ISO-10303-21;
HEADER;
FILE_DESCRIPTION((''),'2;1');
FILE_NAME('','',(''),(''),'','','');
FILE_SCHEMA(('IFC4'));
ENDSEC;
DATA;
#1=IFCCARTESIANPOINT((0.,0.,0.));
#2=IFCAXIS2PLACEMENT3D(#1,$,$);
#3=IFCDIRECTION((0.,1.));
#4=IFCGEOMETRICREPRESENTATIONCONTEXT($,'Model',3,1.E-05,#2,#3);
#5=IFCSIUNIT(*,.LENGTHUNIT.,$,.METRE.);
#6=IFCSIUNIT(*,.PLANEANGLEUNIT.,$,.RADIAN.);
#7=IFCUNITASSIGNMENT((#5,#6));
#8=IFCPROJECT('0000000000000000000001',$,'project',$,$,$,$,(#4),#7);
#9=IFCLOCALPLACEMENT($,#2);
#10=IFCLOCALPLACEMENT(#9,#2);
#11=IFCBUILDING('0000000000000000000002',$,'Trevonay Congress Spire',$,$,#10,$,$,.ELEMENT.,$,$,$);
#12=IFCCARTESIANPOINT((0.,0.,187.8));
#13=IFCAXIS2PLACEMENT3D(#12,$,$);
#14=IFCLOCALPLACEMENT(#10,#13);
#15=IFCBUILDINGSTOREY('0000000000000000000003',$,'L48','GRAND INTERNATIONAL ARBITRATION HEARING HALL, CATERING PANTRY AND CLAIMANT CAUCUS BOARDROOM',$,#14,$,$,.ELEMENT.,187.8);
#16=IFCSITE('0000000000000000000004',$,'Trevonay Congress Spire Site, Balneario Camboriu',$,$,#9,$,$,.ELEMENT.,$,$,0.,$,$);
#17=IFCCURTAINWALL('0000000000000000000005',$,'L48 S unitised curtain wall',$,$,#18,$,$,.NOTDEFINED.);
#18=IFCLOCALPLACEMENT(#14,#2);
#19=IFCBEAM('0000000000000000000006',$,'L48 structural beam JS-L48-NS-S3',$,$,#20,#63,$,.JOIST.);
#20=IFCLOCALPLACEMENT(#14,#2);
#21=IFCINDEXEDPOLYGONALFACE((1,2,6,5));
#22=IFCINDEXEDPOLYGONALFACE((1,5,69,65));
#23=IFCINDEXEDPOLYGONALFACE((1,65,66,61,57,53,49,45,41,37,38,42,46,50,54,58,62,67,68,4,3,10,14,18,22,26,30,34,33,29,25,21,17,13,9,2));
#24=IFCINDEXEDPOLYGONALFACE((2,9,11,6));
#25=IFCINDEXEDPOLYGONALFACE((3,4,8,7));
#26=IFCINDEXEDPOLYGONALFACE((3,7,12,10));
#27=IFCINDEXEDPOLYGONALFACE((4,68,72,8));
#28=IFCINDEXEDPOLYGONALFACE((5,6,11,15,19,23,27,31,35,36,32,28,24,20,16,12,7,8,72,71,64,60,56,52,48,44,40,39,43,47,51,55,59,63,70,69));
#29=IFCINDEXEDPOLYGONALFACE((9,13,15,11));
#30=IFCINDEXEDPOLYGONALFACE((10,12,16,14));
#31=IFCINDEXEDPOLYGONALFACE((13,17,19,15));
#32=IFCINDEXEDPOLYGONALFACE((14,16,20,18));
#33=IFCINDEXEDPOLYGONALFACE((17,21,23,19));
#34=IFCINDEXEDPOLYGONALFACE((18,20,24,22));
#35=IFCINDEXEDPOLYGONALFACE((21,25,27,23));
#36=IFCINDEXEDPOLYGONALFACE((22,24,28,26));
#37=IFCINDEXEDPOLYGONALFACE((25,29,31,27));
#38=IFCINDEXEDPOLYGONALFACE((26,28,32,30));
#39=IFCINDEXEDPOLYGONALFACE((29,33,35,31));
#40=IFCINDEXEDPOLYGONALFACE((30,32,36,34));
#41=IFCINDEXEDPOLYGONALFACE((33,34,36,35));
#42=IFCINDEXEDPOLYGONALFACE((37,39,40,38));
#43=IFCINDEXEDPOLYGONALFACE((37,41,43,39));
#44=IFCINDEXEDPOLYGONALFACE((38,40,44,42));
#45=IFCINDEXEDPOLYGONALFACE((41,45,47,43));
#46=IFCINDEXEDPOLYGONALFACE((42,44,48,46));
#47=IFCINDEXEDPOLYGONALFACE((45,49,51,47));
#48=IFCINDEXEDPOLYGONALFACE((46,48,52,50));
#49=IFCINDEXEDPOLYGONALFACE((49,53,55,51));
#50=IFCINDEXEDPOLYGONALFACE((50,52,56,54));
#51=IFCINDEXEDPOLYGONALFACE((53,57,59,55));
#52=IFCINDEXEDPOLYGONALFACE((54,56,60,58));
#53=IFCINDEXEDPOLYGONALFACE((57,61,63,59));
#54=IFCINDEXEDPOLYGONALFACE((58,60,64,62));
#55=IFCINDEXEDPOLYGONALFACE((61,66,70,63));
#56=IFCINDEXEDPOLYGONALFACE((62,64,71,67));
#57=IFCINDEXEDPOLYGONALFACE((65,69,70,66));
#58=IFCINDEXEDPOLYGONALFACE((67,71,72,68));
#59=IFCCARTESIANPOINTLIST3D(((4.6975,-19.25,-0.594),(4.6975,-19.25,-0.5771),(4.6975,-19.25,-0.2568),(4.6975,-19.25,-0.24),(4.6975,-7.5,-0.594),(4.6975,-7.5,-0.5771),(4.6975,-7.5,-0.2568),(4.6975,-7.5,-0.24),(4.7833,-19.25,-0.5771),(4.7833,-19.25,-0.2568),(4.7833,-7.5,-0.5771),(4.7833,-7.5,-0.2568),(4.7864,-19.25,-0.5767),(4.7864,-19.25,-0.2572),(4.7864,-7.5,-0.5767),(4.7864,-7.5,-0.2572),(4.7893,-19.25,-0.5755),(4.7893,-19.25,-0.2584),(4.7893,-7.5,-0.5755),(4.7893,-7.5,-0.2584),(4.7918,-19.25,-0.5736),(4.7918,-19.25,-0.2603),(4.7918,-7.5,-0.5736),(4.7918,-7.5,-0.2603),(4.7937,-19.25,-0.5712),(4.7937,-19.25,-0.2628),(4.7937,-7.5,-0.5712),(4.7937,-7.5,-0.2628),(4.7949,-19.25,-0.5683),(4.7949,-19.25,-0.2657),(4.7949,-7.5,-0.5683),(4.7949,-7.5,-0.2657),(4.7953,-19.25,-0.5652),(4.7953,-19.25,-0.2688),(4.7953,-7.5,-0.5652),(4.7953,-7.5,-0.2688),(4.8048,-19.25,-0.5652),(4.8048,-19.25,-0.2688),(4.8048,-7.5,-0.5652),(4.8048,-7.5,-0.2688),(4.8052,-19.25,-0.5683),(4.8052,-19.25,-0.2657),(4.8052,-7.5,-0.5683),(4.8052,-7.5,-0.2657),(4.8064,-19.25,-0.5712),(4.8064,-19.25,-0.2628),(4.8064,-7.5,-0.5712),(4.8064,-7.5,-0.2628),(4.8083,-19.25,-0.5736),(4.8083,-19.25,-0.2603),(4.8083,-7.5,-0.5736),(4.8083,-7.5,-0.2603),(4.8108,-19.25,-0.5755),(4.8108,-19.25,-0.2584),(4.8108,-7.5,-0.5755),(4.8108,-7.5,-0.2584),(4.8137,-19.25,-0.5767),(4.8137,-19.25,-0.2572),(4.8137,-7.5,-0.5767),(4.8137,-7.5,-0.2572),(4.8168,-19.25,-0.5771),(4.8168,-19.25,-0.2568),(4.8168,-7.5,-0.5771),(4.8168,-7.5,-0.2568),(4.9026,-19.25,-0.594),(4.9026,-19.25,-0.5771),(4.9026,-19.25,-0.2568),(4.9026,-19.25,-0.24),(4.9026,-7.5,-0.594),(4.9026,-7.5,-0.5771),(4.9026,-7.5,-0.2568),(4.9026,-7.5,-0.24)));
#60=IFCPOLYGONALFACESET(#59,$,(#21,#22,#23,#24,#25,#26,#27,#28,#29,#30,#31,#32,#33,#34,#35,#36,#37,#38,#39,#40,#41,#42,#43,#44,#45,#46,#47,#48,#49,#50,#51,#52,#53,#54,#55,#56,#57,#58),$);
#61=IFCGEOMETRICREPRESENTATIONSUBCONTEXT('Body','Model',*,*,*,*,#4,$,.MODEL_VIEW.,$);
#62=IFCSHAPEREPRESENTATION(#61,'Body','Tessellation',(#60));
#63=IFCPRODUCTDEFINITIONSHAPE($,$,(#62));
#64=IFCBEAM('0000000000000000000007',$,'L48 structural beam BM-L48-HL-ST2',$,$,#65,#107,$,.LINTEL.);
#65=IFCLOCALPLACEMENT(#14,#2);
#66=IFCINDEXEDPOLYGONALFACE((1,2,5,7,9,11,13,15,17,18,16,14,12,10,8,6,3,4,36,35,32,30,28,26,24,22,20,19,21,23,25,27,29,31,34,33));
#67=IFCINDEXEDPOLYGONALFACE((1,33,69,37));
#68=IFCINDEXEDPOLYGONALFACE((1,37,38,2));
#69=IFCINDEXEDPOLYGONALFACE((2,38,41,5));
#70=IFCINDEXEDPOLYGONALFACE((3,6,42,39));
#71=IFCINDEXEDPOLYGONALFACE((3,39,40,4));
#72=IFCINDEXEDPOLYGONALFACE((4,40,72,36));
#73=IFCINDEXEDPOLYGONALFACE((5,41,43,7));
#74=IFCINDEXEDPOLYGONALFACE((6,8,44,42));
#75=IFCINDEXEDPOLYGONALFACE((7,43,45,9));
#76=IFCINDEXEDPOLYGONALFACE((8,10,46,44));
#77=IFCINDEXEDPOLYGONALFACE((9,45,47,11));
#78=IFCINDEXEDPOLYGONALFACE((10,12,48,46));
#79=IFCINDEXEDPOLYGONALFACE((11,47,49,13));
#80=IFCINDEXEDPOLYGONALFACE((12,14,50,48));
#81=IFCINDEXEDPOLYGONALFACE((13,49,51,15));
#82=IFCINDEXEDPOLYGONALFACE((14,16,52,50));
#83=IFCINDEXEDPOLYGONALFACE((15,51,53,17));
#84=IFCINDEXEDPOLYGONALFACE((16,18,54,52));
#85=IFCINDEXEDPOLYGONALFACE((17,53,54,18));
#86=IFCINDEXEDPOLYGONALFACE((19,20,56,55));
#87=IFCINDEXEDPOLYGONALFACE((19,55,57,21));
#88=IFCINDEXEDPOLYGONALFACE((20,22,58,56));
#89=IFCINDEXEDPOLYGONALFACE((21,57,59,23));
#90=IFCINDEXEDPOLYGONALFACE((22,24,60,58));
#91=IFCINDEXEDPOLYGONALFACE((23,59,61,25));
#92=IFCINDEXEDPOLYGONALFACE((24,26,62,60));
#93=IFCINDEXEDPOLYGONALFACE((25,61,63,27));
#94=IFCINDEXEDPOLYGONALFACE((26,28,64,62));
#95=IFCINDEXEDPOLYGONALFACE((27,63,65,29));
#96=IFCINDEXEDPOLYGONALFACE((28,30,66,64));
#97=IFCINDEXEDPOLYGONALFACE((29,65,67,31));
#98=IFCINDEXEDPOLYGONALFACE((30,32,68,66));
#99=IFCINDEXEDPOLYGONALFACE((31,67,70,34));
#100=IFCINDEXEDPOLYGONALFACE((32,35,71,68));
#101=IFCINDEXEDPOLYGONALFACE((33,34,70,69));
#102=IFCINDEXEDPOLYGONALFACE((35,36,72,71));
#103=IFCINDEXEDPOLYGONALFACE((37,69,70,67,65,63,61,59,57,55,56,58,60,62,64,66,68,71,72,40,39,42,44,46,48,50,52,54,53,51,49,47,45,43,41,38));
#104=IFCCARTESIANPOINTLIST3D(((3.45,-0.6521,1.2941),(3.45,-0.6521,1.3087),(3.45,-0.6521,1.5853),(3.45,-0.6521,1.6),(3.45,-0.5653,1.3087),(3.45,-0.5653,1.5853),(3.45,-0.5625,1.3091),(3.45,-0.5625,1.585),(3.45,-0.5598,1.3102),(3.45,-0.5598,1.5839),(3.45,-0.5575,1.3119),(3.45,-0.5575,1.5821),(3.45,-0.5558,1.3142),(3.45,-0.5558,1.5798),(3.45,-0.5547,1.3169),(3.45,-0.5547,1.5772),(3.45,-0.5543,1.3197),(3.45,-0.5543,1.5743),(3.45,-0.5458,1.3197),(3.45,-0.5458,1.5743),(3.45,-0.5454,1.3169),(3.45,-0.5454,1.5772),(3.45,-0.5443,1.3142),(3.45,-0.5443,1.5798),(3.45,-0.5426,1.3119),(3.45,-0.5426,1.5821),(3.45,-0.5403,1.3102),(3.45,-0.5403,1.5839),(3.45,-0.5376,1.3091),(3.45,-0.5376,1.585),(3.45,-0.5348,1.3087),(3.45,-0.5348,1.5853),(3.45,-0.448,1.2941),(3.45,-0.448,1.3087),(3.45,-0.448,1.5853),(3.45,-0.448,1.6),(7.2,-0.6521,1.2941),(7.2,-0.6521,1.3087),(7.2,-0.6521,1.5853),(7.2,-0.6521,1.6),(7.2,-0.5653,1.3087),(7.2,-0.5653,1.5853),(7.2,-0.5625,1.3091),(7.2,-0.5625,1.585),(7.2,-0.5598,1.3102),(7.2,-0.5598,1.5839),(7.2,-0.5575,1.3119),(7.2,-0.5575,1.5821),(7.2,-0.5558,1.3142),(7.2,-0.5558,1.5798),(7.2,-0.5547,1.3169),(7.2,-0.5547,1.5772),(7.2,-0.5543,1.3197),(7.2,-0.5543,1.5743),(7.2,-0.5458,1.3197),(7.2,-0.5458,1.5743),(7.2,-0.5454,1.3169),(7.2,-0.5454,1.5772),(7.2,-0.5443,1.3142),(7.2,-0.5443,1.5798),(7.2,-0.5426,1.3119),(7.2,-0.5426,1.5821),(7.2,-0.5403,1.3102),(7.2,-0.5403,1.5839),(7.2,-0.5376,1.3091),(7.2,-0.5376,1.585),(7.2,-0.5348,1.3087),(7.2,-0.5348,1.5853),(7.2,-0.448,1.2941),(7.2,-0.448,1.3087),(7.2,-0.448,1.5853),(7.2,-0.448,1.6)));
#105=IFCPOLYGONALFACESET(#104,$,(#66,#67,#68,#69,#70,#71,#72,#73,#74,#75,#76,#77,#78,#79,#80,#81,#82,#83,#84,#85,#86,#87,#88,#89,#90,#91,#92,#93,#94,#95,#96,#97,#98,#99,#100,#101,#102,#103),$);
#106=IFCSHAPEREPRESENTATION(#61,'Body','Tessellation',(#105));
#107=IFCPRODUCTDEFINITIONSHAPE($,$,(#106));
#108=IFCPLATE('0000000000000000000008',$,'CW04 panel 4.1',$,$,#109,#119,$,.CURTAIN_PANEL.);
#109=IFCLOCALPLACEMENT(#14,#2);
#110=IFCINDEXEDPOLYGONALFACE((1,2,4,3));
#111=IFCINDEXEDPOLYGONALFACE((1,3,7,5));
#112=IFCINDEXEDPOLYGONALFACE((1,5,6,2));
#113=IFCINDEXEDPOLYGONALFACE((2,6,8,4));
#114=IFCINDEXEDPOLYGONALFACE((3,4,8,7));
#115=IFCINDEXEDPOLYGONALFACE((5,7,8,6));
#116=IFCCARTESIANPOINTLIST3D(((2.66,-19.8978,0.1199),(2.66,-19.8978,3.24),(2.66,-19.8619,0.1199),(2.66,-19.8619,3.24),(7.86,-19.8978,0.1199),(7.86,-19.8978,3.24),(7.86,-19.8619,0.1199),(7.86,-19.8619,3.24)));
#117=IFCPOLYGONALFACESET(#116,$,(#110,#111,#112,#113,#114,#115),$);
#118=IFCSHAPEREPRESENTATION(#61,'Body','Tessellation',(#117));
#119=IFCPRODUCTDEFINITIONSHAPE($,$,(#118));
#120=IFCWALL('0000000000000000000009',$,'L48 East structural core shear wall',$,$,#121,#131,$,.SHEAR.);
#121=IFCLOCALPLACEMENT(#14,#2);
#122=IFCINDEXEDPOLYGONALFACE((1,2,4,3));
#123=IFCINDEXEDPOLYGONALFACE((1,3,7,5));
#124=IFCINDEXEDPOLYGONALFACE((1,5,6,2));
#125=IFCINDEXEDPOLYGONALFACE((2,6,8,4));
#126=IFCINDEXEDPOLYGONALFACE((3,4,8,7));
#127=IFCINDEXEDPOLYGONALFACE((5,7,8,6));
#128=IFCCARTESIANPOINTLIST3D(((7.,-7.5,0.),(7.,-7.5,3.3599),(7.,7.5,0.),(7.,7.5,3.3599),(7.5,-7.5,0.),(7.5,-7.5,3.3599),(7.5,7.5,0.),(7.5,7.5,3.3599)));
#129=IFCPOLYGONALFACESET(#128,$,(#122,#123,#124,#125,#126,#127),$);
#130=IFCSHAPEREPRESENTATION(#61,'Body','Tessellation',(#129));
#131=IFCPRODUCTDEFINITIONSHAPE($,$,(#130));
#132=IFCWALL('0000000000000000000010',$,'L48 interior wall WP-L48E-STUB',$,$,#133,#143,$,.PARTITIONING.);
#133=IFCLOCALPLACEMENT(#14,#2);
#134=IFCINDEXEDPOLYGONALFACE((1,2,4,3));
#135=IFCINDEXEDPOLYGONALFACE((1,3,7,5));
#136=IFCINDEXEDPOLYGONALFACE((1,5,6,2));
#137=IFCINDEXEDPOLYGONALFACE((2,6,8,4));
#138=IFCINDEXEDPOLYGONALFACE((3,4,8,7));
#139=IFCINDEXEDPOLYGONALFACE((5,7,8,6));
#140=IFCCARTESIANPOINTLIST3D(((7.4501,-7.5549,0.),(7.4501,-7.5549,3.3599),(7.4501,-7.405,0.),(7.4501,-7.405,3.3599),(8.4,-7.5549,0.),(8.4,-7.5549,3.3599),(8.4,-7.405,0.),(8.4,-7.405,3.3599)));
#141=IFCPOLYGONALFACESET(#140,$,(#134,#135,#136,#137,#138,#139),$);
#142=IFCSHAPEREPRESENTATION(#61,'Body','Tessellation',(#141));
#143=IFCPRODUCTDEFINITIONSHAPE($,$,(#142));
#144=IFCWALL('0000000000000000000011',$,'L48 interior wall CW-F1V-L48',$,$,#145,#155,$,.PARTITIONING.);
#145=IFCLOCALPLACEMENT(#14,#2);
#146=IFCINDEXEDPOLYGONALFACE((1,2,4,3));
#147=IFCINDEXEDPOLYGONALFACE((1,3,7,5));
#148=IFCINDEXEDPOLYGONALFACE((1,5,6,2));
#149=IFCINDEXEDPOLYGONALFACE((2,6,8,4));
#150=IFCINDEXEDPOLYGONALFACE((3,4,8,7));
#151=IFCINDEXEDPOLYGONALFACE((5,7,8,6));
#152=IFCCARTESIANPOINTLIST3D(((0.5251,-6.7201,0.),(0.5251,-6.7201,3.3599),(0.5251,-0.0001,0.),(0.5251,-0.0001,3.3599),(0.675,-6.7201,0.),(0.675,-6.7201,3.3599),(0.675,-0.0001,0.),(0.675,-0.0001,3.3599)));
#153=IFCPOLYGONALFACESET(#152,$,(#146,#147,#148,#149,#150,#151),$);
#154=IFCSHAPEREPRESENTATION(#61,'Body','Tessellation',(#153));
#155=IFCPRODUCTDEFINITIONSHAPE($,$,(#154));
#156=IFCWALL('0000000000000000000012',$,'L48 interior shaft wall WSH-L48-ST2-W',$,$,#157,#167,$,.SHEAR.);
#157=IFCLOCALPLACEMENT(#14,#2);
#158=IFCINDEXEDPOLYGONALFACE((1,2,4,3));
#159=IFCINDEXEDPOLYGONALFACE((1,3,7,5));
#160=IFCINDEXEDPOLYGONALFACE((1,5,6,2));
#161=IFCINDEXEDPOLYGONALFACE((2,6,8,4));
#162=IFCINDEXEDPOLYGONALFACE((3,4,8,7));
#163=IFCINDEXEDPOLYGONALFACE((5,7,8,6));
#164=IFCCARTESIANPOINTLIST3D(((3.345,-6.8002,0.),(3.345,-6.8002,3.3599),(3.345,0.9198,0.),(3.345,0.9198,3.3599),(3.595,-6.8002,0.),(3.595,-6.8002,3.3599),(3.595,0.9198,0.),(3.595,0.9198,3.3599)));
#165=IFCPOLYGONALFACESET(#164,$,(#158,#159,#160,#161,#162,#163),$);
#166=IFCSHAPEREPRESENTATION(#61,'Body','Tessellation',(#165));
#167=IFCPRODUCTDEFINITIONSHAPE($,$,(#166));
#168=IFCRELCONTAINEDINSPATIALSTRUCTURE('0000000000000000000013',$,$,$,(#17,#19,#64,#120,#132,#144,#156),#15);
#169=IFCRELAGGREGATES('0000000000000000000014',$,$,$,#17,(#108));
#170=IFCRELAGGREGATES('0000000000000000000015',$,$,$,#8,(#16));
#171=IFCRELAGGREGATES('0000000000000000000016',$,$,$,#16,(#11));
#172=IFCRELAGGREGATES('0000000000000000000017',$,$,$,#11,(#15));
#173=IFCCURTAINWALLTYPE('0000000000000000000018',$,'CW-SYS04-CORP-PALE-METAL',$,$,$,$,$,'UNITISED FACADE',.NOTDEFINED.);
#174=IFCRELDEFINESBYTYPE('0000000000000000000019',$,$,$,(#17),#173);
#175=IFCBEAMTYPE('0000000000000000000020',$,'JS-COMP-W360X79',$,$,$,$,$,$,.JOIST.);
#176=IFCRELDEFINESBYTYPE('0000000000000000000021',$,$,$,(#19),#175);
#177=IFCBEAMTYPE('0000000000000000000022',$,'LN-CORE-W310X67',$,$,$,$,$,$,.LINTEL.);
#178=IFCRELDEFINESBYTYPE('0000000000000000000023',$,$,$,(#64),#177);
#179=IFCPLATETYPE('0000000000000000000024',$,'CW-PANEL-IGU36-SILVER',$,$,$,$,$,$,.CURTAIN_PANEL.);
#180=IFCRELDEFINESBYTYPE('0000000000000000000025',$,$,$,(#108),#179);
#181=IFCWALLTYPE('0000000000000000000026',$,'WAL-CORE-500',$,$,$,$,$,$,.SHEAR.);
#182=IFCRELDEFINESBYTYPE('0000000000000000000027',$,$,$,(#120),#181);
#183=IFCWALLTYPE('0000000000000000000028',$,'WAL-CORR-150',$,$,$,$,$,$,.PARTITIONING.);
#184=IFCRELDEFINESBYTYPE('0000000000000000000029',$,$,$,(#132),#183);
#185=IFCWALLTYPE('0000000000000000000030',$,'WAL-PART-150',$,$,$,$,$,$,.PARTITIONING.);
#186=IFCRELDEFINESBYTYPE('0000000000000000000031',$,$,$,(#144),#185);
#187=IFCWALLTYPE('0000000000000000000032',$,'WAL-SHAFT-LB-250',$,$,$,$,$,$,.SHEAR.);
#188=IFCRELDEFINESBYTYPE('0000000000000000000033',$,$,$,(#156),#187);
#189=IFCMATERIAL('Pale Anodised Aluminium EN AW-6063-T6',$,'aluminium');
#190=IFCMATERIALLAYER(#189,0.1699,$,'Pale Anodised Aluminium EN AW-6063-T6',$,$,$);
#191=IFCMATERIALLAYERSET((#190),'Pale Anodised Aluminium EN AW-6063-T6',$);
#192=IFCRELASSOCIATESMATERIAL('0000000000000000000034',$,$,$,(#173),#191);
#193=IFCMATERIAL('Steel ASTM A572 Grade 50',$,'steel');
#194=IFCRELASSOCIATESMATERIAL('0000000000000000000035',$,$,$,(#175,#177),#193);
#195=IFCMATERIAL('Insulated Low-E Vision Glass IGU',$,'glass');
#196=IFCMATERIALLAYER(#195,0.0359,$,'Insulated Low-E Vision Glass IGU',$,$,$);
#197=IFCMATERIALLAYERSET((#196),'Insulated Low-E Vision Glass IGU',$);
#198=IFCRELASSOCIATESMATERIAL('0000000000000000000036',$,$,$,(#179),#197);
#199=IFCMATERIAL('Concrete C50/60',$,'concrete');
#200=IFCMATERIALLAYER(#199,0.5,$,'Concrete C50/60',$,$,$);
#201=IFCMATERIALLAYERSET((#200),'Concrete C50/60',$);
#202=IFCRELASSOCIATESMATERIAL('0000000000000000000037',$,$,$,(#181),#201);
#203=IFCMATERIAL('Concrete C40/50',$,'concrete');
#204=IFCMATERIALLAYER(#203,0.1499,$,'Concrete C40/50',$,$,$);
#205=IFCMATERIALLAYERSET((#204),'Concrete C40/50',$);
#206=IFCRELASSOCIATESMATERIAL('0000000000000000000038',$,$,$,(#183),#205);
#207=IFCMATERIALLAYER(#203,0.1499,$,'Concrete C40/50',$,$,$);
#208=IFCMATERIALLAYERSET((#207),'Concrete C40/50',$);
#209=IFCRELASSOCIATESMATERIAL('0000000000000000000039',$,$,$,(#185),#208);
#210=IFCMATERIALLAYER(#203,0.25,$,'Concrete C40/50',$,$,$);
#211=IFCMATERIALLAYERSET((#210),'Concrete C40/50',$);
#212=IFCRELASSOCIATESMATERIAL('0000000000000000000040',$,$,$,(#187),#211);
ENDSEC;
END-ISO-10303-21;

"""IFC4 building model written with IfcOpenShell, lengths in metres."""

from ifc_helpers import new_model, si_unit, direction, frame, frame_2d, origin, origin_2d, place, context, subcontext, project, spatial, rectangle, i_section, extrude, material, layer, layer_set, material_profile, profile_set, type_object, element, aggregate, save


model = new_model("IFC4")

# Units and contexts
model_context = context("Model", 3, precision=1e-05, world=origin(), true_north=direction((0.0, 1.0)))
body_context = subcontext(model_context, "Body", "Model", "MODEL_VIEW")
ifc_project = project(units=[si_unit("LENGTHUNIT", "METRE"), si_unit("PLANEANGLEUNIT", "RADIAN")], contexts=[model_context])

# Site, building, storey
site_placement = place(None, origin())
site = spatial("IfcSite", under=ifc_project, at=site_placement, Name="Trevonay Congress Spire Site, Balneario Camboriu", CompositionType="ELEMENT", RefElevation=0.0)
building_placement = place(site_placement, origin())
building = spatial("IfcBuilding", under=site, at=building_placement, Name="Trevonay Congress Spire", CompositionType="ELEMENT")
storey_placement = place(building_placement, frame((0.0, 0.0, 187.8)))
storey = spatial("IfcBuildingStorey", under=building, at=storey_placement, Name="L48", Description="GRAND INTERNATIONAL ARBITRATION HEARING HALL, CATERING PANTRY AND CLAIMANT CAUCUS BOARDROOM", CompositionType="ELEMENT", Elevation=187.8)

# Shared definitions
ifc_material_1 = material(Name="Steel ASTM A572 Grade 50", Category="steel")

# Curtain wall
ifc_material_2 = material(Name="Pale Anodised Aluminium EN AW-6063-T6", Category="aluminium")
ifc_layer_1 = layer(ifc_material_2, 0.1699, Name="Pale Anodised Aluminium EN AW-6063-T6")
ifc_layer_set_1 = layer_set([ifc_layer_1], Name="Pale Anodised Aluminium EN AW-6063-T6")
curtain_wall_type = type_object("IfcCurtainWallType", Name="CW-SYS04-CORP-PALE-METAL", ElementType="UNITISED FACADE", PredefinedType="NOTDEFINED", material=ifc_layer_set_1)
curtain_wall_placement = place(storey_placement, origin())
curtain_wall = element("IfcCurtainWall", 1, at=curtain_wall_placement, inside=storey, type_object=curtain_wall_type, Name="L48 S unitised curtain wall", PredefinedType="NOTDEFINED")

# Beams
ifc_material_profile_1 = material_profile(ifc_material_1, i_section(OverallWidth=0.2051, OverallDepth=0.354, WebThickness=0.0095, FlangeThickness=0.0168, FilletRadius=0.012, at=origin_2d()), Name="W360x79")
ifc_profile_set_1 = profile_set([ifc_material_profile_1], Name="Steel ASTM A572 Grade 50")
beam_type_1 = type_object("IfcBeamType", Name="JS-COMP-W360X79", PredefinedType="JOIST", material=ifc_profile_set_1)
for number, where, z_axis, x_axis, name in (
    (2, (4.8, -19.25, -0.417), (0.0, 1.0, 0.0), (-1.0, 0.0, 0.0), "L48 structural beam JS-L48-NS-S3"),
):
    element("IfcBeam", number, at=place(storey_placement, frame(where, z_axis=z_axis, x_axis=x_axis)), inside=storey, type_object=beam_type_1, Name=name, PredefinedType="JOIST", context=body_context, shape_type="SweptSolid", body=[
        extrude(i_section(OverallWidth=0.2051, OverallDepth=0.354, WebThickness=0.0095, FlangeThickness=0.0168, FilletRadius=0.012, at=origin_2d()), origin(), (0.0, 0.0, 1.0), 11.75),
    ])
ifc_material_profile_2 = material_profile(ifc_material_1, i_section(OverallWidth=0.2041, OverallDepth=0.3059, WebThickness=0.0085, FlangeThickness=0.0146, FilletRadius=0.011, at=origin_2d()), Name="W310x67")
ifc_profile_set_2 = profile_set([ifc_material_profile_2], Name="Steel ASTM A572 Grade 50")
beam_type_2 = type_object("IfcBeamType", Name="LN-CORE-W310X67", PredefinedType="LINTEL", material=ifc_profile_set_2)
beam_1_placement = place(storey_placement, frame((3.45, -0.55, 1.447), z_axis=(1.0, 0.0, 0.0), x_axis=(0.0, 1.0, 0.0)))
element("IfcBeam", 3, at=beam_1_placement, inside=storey, type_object=beam_type_2, Name="L48 structural beam BM-L48-HL-ST2", PredefinedType="LINTEL", context=body_context, shape_type="SweptSolid", body=[
    extrude(i_section(OverallWidth=0.2041, OverallDepth=0.3059, WebThickness=0.0085, FlangeThickness=0.0146, FilletRadius=0.011, at=origin_2d()), origin(), (0.0, 0.0, 1.0), 3.75),
])

# Plate
ifc_material_3 = material(Name="Insulated Low-E Vision Glass IGU", Category="glass")
ifc_layer_2 = layer(ifc_material_3, 0.0359, Name="Insulated Low-E Vision Glass IGU")
ifc_layer_set_2 = layer_set([ifc_layer_2], Name="Insulated Low-E Vision Glass IGU")
plate_type = type_object("IfcPlateType", Name="CW-PANEL-IGU36-SILVER", PredefinedType="CURTAIN_PANEL", material=ifc_layer_set_2)
plate_placement = place(storey_placement, frame((5.26, -19.8799, 0.1199), z_axis=(0.0, 0.0, 1.0), x_axis=(1.0, 0.0, 0.0)))
plate = element("IfcPlate", 4, at=plate_placement, type_object=plate_type, Name="CW04 panel 4.1", PredefinedType="CURTAIN_PANEL", context=body_context, shape_type="SweptSolid", body=[
    extrude(rectangle(XDim=5.2, YDim=0.0359, at=origin_2d()), origin(), (0.0, 0.0, 1.0), 3.1201),
])
aggregate(curtain_wall, [plate])

# Walls
ifc_material_4 = material(Name="Concrete C50/60", Category="concrete")
ifc_layer_3 = layer(ifc_material_4, 0.5, Name="Concrete C50/60")
ifc_layer_set_3 = layer_set([ifc_layer_3], Name="Concrete C50/60")
wall_type_1 = type_object("IfcWallType", Name="WAL-CORE-500", PredefinedType="SHEAR", material=ifc_layer_set_3)
wall_1_placement = place(storey_placement, frame((7.25, -7.5, 0.0), z_axis=(0.0, 0.0, 1.0), x_axis=(0.0, 1.0, 0.0)))
element("IfcWall", 5, at=wall_1_placement, inside=storey, type_object=wall_type_1, Name="L48 East structural core shear wall", PredefinedType="SHEAR", context=body_context, shape_type="SweptSolid", body=[
    extrude(rectangle(XDim=15.0, YDim=0.5, at=frame_2d((7.5, 0.0))), origin(), (0.0, 0.0, 1.0), 3.3599),
])
ifc_material_5 = material(Name="Concrete C40/50", Category="concrete")
ifc_layer_4 = layer(ifc_material_5, 0.1499, Name="Concrete C40/50")
ifc_layer_set_4 = layer_set([ifc_layer_4], Name="Concrete C40/50")
wall_type_2 = type_object("IfcWallType", Name="WAL-CORR-150", PredefinedType="PARTITIONING", material=ifc_layer_set_4)
wall_2_placement = place(storey_placement, frame((7.45, -7.48, 0.0), z_axis=(0.0, 0.0, 1.0), x_axis=(1.0, 0.0, 0.0)))
element("IfcWall", 6, at=wall_2_placement, inside=storey, type_object=wall_type_2, Name="L48 interior wall WP-L48E-STUB", PredefinedType="PARTITIONING", context=body_context, shape_type="SweptSolid", body=[
    extrude(rectangle(XDim=0.95, YDim=0.1499, at=frame_2d((0.4751, 0.0))), origin(), (0.0, 0.0, 1.0), 3.3599),
])
ifc_layer_5 = layer(ifc_material_5, 0.1499, Name="Concrete C40/50")
ifc_layer_set_5 = layer_set([ifc_layer_5], Name="Concrete C40/50")
wall_type_3 = type_object("IfcWallType", Name="WAL-PART-150", PredefinedType="PARTITIONING", material=ifc_layer_set_5)
wall_3_placement = place(storey_placement, frame((0.6001, -6.72, 0.0), z_axis=(0.0, 0.0, 1.0), x_axis=(0.0, 1.0, 0.0)))
element("IfcWall", 7, at=wall_3_placement, inside=storey, type_object=wall_type_3, Name="L48 interior wall CW-F1V-L48", PredefinedType="PARTITIONING", context=body_context, shape_type="SweptSolid", body=[
    extrude(rectangle(XDim=6.72, YDim=0.1499, at=frame_2d((3.3599, 0.0))), origin(), (0.0, 0.0, 1.0), 3.3599),
])
ifc_layer_6 = layer(ifc_material_5, 0.25, Name="Concrete C40/50")
ifc_layer_set_6 = layer_set([ifc_layer_6], Name="Concrete C40/50")
wall_type_4 = type_object("IfcWallType", Name="WAL-SHAFT-LB-250", PredefinedType="SHEAR", material=ifc_layer_set_6)
wall_4_placement = place(storey_placement, frame((3.47, -6.8, 0.0), z_axis=(0.0, 0.0, 1.0), x_axis=(0.0, 1.0, 0.0)))
element("IfcWall", 8, at=wall_4_placement, inside=storey, type_object=wall_type_4, Name="L48 interior shaft wall WSH-L48-ST2-W", PredefinedType="SHEAR", context=body_context, shape_type="SweptSolid", body=[
    extrude(rectangle(XDim=7.72, YDim=0.25, at=frame_2d((3.8599, 0.0))), origin(), (0.0, 0.0, 1.0), 3.3599),
])

save(model, "model.ifc")
